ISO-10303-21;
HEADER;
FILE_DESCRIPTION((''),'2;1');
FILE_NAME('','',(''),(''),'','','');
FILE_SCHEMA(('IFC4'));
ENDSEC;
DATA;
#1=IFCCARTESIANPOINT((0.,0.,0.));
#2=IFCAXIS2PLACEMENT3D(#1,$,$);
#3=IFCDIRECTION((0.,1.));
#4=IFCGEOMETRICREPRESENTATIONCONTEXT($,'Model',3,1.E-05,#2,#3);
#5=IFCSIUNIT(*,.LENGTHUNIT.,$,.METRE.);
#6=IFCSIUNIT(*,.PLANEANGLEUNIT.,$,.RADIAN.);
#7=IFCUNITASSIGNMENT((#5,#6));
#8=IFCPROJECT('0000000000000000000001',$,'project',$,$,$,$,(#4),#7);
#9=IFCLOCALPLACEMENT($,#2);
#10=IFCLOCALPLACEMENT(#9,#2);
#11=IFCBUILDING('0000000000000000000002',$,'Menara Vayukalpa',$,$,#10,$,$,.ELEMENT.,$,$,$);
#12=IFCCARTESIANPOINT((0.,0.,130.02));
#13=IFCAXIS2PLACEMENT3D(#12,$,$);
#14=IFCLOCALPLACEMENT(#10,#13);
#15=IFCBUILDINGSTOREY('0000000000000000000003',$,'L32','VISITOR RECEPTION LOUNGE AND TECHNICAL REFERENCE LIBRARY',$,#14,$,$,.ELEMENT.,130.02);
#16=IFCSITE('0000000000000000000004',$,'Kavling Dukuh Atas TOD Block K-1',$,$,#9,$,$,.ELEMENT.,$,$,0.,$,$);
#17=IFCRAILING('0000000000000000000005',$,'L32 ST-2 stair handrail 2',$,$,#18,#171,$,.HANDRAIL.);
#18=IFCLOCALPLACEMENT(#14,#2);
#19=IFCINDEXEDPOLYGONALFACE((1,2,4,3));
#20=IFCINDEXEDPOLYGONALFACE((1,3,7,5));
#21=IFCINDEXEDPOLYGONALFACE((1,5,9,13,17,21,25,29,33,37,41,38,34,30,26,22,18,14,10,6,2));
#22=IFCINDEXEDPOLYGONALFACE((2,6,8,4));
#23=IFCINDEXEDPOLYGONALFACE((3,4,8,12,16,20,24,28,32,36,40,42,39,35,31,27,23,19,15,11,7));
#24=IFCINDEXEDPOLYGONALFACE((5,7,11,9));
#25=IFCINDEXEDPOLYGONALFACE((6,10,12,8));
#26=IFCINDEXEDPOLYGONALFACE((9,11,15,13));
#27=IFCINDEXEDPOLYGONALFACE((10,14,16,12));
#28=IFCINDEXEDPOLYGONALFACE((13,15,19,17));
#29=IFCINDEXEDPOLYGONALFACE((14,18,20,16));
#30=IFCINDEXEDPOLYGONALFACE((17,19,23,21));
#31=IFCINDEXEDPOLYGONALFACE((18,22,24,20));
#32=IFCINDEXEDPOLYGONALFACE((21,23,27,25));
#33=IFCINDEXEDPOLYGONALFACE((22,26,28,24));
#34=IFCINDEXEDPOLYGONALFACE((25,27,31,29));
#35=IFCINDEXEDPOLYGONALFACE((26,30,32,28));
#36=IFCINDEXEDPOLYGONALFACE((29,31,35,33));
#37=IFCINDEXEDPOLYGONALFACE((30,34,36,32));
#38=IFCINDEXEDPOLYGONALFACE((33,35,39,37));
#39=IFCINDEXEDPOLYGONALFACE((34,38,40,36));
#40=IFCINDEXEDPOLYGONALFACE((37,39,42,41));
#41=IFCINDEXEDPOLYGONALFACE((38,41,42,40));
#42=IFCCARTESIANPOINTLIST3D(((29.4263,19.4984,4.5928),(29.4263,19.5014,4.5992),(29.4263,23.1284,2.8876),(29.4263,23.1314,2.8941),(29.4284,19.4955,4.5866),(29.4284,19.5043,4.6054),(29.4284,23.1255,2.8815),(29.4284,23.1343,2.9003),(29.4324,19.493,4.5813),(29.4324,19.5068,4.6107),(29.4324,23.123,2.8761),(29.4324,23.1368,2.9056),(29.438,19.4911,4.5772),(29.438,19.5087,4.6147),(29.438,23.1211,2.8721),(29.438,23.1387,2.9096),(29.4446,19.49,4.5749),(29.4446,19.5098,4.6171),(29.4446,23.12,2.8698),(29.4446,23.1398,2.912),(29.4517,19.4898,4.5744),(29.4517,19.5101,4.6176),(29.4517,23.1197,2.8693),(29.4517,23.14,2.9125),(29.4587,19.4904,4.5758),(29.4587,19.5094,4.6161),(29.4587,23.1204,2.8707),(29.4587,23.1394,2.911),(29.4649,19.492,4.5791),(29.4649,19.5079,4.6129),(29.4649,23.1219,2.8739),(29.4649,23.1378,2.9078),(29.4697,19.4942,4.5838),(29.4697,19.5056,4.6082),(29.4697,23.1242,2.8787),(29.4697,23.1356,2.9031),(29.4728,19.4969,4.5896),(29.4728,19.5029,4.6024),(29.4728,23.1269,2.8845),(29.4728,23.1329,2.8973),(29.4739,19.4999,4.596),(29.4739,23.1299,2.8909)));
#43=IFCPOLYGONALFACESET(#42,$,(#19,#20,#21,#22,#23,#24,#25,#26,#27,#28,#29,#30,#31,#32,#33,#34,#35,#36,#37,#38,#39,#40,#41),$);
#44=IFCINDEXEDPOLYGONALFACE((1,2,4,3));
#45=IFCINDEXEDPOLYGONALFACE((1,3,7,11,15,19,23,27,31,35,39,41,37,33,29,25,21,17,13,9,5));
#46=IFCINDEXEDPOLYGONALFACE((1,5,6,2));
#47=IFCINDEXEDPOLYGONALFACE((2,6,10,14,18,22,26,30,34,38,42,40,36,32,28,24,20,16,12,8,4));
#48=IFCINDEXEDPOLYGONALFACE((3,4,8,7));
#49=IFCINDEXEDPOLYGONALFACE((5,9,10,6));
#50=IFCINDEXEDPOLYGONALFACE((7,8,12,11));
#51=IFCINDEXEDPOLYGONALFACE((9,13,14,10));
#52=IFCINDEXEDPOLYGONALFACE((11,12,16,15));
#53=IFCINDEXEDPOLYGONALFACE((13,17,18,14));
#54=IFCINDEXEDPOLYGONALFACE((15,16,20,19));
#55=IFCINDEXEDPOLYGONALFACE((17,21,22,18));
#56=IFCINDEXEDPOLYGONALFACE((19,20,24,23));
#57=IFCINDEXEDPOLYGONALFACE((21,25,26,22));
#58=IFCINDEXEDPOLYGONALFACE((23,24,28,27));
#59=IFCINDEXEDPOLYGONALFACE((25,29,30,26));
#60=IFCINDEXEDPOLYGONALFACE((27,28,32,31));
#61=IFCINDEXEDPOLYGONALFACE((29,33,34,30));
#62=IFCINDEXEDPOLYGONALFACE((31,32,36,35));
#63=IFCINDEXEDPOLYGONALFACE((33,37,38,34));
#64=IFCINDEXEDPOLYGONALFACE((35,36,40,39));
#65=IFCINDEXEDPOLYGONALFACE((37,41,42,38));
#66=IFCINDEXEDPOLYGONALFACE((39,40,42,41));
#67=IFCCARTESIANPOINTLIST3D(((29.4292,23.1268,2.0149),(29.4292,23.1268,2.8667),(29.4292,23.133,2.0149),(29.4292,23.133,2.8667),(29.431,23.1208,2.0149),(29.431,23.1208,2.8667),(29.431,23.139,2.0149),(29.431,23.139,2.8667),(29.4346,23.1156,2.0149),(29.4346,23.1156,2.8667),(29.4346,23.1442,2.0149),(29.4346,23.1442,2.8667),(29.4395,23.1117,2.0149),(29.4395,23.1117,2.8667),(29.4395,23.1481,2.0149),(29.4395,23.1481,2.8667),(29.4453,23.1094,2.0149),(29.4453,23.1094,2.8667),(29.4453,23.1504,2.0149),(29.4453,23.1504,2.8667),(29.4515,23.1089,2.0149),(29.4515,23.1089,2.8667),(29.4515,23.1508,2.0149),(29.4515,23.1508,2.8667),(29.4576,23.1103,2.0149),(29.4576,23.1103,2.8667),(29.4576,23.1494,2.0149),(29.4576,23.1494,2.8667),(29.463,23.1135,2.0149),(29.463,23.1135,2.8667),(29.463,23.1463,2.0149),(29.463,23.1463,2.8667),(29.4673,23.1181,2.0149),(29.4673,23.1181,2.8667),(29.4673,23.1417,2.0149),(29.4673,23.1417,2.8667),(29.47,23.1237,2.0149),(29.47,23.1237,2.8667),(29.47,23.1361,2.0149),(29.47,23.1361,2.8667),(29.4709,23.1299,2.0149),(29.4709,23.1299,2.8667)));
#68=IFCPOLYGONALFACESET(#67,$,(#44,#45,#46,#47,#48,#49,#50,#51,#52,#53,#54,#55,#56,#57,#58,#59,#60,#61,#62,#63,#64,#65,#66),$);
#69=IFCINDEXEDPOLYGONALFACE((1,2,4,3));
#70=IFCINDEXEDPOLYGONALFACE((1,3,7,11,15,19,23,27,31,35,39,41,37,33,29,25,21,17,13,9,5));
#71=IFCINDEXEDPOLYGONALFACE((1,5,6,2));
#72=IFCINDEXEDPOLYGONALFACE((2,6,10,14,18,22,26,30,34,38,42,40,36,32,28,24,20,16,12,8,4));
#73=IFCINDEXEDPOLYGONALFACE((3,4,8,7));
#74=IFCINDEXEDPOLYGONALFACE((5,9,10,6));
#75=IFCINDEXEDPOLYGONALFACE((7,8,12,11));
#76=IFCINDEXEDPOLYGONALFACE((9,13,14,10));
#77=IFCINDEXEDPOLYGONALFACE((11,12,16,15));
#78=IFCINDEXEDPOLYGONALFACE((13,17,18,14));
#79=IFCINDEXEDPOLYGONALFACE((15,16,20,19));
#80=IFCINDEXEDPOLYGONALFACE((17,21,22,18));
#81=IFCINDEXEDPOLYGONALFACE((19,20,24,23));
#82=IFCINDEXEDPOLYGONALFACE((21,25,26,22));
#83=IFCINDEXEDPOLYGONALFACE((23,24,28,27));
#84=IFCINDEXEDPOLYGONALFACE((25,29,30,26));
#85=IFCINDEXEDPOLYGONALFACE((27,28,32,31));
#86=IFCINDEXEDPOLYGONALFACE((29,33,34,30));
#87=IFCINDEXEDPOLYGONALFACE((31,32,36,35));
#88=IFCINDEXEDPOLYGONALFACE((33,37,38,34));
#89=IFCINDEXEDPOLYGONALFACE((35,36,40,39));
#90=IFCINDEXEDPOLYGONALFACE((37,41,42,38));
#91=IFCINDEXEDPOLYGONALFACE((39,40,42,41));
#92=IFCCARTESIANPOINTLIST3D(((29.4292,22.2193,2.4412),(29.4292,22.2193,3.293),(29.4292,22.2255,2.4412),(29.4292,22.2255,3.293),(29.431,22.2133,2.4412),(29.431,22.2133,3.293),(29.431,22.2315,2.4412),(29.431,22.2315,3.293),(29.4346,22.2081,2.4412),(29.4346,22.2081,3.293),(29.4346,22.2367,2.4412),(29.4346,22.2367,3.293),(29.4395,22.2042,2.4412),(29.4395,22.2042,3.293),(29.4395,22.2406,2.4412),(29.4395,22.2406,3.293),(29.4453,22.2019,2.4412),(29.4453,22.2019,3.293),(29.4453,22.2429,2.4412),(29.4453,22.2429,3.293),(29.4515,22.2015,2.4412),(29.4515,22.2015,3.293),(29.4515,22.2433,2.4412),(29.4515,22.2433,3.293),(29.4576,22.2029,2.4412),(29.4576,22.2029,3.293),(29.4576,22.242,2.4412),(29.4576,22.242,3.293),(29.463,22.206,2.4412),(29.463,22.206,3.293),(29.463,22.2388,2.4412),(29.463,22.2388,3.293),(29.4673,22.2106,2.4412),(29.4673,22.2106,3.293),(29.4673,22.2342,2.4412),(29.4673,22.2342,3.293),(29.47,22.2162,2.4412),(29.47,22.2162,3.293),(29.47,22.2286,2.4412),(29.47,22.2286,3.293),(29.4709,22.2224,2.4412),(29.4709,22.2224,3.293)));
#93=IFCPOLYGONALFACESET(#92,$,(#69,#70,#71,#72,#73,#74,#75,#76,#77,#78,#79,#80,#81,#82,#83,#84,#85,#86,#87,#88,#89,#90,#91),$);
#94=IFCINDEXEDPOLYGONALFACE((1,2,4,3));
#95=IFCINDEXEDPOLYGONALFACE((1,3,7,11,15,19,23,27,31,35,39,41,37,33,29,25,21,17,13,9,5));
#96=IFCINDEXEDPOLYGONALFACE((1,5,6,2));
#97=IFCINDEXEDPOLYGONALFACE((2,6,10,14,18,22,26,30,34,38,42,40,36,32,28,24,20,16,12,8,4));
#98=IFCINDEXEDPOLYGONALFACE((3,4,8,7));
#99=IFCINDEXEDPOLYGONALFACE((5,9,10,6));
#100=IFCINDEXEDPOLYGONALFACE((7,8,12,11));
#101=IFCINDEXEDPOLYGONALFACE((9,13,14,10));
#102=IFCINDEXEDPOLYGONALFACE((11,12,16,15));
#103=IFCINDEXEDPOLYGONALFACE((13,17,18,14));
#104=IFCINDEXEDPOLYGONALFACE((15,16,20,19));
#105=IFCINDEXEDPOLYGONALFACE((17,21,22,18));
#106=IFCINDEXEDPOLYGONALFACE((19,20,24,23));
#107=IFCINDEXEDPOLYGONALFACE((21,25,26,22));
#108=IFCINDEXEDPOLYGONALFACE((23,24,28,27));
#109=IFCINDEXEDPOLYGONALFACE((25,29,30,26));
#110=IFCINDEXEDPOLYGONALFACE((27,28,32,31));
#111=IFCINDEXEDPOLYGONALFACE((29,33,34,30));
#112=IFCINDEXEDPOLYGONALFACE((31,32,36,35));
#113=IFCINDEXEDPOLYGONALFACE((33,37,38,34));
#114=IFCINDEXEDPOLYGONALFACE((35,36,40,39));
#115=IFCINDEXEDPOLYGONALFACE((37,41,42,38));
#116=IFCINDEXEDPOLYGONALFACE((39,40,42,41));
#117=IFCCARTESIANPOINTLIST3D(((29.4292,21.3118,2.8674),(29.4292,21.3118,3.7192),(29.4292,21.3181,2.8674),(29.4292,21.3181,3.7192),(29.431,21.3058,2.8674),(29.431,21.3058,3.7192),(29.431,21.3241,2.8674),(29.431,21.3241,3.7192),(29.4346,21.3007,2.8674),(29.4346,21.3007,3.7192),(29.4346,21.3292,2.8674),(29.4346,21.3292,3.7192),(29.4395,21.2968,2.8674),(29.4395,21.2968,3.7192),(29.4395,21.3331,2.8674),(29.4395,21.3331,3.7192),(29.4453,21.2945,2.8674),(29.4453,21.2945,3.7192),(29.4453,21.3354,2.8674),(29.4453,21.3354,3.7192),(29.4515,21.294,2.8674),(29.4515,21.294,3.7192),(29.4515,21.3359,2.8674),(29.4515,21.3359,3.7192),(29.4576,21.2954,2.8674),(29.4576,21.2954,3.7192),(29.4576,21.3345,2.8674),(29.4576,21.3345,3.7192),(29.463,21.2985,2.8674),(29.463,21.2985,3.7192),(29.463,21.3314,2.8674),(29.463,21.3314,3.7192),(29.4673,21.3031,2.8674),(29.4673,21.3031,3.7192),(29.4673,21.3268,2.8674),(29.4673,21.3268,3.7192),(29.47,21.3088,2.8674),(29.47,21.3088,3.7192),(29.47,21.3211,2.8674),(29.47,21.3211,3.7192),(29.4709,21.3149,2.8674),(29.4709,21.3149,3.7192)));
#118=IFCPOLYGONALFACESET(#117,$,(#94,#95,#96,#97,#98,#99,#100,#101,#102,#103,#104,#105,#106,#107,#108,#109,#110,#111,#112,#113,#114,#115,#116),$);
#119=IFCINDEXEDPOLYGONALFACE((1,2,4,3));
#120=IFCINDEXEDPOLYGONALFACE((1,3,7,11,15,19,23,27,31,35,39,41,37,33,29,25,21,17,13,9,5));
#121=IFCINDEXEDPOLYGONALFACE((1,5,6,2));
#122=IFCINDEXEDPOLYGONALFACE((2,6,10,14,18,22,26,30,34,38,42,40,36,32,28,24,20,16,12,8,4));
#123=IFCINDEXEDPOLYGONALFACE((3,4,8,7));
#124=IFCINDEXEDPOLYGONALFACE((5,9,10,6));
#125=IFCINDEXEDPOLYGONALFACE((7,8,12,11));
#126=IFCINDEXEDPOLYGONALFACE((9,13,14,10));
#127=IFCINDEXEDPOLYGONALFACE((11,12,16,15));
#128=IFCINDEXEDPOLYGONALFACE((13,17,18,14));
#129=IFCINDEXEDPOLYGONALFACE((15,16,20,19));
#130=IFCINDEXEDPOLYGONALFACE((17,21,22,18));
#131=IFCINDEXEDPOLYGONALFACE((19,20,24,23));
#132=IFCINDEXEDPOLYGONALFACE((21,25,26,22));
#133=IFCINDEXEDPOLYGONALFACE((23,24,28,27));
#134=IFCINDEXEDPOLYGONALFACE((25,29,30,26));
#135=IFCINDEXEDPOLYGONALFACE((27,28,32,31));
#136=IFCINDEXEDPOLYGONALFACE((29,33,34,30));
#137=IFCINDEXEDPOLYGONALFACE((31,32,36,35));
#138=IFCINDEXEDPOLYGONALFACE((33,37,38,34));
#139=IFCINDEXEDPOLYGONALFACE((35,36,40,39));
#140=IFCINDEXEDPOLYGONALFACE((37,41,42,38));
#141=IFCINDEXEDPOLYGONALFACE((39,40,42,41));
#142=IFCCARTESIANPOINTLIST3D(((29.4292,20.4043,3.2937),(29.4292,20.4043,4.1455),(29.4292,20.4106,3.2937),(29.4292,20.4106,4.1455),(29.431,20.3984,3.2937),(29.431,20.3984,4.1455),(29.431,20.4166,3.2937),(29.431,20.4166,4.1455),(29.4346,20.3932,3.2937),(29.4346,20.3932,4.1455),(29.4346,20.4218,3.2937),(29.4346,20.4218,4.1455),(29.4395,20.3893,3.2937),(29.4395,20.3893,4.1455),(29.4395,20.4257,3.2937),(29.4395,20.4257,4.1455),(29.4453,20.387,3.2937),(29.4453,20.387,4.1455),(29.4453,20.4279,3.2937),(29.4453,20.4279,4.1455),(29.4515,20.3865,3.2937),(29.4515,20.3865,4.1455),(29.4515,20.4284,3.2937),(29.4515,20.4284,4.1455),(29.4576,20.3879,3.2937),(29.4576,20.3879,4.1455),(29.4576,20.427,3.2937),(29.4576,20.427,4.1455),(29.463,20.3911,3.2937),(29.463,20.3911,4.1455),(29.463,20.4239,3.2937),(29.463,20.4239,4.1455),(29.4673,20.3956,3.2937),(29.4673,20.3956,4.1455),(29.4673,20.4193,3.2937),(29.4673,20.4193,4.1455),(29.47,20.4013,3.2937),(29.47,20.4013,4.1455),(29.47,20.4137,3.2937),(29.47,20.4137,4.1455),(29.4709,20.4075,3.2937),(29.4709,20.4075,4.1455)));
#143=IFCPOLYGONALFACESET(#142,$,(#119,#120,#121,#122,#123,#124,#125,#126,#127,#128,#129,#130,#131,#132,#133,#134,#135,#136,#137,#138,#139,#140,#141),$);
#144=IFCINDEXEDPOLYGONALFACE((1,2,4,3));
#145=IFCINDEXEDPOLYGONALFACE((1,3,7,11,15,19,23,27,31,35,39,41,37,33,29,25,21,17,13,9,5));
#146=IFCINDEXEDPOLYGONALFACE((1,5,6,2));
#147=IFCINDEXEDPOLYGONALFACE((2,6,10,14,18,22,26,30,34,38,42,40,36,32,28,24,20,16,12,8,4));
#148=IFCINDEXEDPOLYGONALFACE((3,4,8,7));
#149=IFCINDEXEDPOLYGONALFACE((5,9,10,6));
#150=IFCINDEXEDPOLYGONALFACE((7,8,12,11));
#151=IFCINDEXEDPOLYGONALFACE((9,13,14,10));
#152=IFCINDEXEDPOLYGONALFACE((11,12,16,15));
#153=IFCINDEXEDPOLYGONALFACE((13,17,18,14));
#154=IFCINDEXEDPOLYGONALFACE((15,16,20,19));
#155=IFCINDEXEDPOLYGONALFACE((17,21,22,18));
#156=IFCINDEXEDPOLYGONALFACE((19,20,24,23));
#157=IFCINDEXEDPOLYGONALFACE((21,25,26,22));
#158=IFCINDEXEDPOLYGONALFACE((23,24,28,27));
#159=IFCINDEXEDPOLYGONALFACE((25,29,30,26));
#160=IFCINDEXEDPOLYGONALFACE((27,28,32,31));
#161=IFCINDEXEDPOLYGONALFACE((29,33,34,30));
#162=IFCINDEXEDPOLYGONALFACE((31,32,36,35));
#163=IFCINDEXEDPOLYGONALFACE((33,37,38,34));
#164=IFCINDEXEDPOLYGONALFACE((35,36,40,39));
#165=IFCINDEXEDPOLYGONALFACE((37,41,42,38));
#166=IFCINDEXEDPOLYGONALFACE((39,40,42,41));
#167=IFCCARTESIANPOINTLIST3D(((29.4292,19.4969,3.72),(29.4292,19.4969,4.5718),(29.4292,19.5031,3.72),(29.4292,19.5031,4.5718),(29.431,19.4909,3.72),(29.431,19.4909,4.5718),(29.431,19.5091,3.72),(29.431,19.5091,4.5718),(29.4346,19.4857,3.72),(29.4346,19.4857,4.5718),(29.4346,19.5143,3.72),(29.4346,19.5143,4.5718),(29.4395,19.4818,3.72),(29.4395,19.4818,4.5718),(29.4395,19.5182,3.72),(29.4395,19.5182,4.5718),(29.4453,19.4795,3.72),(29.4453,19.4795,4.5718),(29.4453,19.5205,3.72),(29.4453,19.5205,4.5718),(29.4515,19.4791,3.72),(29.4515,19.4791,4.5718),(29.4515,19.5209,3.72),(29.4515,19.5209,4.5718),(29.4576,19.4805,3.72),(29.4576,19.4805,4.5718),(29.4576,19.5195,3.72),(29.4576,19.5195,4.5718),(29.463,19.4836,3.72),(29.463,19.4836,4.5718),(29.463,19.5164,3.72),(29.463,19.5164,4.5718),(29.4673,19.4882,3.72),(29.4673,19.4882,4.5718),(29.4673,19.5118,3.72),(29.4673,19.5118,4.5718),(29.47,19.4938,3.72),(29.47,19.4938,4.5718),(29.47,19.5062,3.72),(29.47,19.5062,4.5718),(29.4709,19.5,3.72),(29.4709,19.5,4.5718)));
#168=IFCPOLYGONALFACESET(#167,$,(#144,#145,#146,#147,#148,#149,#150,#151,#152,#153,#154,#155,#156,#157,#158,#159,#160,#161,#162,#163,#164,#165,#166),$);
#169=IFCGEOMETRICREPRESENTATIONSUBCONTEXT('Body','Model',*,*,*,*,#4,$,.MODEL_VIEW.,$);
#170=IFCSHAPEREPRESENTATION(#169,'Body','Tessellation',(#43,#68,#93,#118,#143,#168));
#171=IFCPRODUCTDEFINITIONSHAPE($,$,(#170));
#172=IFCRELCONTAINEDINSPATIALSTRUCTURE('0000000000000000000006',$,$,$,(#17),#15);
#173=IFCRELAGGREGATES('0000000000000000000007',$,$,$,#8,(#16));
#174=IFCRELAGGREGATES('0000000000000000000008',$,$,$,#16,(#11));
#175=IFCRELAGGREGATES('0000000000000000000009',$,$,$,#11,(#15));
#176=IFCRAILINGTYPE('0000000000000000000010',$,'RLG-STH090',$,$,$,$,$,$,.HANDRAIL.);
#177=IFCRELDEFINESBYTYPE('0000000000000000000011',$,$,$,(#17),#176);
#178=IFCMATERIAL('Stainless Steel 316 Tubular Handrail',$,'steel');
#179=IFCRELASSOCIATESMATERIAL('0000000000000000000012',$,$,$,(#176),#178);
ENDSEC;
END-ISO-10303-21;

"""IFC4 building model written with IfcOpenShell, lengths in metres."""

from ifc_helpers import new_model, si_unit, direction, frame, origin, origin_2d, place, context, subcontext, project, spatial, circle, extrude, material, type_object, element, save


model = new_model("IFC4")

# Units and contexts
model_context = context("Model", 3, precision=1e-05, world=origin(), true_north=direction((0.0, 1.0)))
body_context = subcontext(model_context, "Body", "Model", "MODEL_VIEW")
ifc_project = project(units=[si_unit("LENGTHUNIT", "METRE"), si_unit("PLANEANGLEUNIT", "RADIAN")], contexts=[model_context])

# Site, building, storey
site_placement = place(None, origin())
site = spatial("IfcSite", under=ifc_project, at=site_placement, Name="Kavling Dukuh Atas TOD Block K-1", CompositionType="ELEMENT", RefElevation=0.0)
building_placement = place(site_placement, origin())
building = spatial("IfcBuilding", under=site, at=building_placement, Name="Menara Vayukalpa", CompositionType="ELEMENT")
storey_placement = place(building_placement, frame((0.0, 0.0, 130.02)))
storey = spatial("IfcBuildingStorey", under=building, at=storey_placement, Name="L32", Description="VISITOR RECEPTION LOUNGE AND TECHNICAL REFERENCE LIBRARY", CompositionType="ELEMENT", Elevation=130.02)

# Railing
ifc_material_1 = material(Name="Stainless Steel 316 Tubular Handrail", Category="steel")
railing_type = type_object("IfcRailingType", Name="RLG-STH090", PredefinedType="HANDRAIL", material=ifc_material_1)
railing_placement = place(storey_placement, frame((29.45, 23.1299, 2.0149)))
element("IfcRailing", 1, at=railing_placement, inside=storey, type_object=railing_type, Name="L32 ST-2 stair handrail 2", PredefinedType="HANDRAIL", context=body_context, shape_type="SweptSolid", body=[
    extrude(circle(Radius=0.0239, at=origin_2d()), frame((0.0, 0.0, 0.876), z_axis=(0.0, -0.905116, 0.425164), x_axis=(1.0, 0.0, 0.0)), (0.0, 0.0, 1.0), 4.0105),
    extrude(circle(Radius=0.021, at=origin_2d()), origin(), (0.0, 0.0, 1.0), 0.8518),
    extrude(circle(Radius=0.021, at=origin_2d()), frame((0.0, -0.9075, 0.4263)), (0.0, 0.0, 1.0), 0.8518),
    extrude(circle(Radius=0.021, at=origin_2d()), frame((0.0, -1.8149, 0.8525)), (0.0, 0.0, 1.0), 0.8518),
    extrude(circle(Radius=0.021, at=origin_2d()), frame((0.0, -2.7224, 1.2788)), (0.0, 0.0, 1.0), 0.8518),
    extrude(circle(Radius=0.021, at=origin_2d()), frame((0.0, -3.6299, 1.7051)), (0.0, 0.0, 1.0), 0.8518),
])

save(model, "model.ifc")
